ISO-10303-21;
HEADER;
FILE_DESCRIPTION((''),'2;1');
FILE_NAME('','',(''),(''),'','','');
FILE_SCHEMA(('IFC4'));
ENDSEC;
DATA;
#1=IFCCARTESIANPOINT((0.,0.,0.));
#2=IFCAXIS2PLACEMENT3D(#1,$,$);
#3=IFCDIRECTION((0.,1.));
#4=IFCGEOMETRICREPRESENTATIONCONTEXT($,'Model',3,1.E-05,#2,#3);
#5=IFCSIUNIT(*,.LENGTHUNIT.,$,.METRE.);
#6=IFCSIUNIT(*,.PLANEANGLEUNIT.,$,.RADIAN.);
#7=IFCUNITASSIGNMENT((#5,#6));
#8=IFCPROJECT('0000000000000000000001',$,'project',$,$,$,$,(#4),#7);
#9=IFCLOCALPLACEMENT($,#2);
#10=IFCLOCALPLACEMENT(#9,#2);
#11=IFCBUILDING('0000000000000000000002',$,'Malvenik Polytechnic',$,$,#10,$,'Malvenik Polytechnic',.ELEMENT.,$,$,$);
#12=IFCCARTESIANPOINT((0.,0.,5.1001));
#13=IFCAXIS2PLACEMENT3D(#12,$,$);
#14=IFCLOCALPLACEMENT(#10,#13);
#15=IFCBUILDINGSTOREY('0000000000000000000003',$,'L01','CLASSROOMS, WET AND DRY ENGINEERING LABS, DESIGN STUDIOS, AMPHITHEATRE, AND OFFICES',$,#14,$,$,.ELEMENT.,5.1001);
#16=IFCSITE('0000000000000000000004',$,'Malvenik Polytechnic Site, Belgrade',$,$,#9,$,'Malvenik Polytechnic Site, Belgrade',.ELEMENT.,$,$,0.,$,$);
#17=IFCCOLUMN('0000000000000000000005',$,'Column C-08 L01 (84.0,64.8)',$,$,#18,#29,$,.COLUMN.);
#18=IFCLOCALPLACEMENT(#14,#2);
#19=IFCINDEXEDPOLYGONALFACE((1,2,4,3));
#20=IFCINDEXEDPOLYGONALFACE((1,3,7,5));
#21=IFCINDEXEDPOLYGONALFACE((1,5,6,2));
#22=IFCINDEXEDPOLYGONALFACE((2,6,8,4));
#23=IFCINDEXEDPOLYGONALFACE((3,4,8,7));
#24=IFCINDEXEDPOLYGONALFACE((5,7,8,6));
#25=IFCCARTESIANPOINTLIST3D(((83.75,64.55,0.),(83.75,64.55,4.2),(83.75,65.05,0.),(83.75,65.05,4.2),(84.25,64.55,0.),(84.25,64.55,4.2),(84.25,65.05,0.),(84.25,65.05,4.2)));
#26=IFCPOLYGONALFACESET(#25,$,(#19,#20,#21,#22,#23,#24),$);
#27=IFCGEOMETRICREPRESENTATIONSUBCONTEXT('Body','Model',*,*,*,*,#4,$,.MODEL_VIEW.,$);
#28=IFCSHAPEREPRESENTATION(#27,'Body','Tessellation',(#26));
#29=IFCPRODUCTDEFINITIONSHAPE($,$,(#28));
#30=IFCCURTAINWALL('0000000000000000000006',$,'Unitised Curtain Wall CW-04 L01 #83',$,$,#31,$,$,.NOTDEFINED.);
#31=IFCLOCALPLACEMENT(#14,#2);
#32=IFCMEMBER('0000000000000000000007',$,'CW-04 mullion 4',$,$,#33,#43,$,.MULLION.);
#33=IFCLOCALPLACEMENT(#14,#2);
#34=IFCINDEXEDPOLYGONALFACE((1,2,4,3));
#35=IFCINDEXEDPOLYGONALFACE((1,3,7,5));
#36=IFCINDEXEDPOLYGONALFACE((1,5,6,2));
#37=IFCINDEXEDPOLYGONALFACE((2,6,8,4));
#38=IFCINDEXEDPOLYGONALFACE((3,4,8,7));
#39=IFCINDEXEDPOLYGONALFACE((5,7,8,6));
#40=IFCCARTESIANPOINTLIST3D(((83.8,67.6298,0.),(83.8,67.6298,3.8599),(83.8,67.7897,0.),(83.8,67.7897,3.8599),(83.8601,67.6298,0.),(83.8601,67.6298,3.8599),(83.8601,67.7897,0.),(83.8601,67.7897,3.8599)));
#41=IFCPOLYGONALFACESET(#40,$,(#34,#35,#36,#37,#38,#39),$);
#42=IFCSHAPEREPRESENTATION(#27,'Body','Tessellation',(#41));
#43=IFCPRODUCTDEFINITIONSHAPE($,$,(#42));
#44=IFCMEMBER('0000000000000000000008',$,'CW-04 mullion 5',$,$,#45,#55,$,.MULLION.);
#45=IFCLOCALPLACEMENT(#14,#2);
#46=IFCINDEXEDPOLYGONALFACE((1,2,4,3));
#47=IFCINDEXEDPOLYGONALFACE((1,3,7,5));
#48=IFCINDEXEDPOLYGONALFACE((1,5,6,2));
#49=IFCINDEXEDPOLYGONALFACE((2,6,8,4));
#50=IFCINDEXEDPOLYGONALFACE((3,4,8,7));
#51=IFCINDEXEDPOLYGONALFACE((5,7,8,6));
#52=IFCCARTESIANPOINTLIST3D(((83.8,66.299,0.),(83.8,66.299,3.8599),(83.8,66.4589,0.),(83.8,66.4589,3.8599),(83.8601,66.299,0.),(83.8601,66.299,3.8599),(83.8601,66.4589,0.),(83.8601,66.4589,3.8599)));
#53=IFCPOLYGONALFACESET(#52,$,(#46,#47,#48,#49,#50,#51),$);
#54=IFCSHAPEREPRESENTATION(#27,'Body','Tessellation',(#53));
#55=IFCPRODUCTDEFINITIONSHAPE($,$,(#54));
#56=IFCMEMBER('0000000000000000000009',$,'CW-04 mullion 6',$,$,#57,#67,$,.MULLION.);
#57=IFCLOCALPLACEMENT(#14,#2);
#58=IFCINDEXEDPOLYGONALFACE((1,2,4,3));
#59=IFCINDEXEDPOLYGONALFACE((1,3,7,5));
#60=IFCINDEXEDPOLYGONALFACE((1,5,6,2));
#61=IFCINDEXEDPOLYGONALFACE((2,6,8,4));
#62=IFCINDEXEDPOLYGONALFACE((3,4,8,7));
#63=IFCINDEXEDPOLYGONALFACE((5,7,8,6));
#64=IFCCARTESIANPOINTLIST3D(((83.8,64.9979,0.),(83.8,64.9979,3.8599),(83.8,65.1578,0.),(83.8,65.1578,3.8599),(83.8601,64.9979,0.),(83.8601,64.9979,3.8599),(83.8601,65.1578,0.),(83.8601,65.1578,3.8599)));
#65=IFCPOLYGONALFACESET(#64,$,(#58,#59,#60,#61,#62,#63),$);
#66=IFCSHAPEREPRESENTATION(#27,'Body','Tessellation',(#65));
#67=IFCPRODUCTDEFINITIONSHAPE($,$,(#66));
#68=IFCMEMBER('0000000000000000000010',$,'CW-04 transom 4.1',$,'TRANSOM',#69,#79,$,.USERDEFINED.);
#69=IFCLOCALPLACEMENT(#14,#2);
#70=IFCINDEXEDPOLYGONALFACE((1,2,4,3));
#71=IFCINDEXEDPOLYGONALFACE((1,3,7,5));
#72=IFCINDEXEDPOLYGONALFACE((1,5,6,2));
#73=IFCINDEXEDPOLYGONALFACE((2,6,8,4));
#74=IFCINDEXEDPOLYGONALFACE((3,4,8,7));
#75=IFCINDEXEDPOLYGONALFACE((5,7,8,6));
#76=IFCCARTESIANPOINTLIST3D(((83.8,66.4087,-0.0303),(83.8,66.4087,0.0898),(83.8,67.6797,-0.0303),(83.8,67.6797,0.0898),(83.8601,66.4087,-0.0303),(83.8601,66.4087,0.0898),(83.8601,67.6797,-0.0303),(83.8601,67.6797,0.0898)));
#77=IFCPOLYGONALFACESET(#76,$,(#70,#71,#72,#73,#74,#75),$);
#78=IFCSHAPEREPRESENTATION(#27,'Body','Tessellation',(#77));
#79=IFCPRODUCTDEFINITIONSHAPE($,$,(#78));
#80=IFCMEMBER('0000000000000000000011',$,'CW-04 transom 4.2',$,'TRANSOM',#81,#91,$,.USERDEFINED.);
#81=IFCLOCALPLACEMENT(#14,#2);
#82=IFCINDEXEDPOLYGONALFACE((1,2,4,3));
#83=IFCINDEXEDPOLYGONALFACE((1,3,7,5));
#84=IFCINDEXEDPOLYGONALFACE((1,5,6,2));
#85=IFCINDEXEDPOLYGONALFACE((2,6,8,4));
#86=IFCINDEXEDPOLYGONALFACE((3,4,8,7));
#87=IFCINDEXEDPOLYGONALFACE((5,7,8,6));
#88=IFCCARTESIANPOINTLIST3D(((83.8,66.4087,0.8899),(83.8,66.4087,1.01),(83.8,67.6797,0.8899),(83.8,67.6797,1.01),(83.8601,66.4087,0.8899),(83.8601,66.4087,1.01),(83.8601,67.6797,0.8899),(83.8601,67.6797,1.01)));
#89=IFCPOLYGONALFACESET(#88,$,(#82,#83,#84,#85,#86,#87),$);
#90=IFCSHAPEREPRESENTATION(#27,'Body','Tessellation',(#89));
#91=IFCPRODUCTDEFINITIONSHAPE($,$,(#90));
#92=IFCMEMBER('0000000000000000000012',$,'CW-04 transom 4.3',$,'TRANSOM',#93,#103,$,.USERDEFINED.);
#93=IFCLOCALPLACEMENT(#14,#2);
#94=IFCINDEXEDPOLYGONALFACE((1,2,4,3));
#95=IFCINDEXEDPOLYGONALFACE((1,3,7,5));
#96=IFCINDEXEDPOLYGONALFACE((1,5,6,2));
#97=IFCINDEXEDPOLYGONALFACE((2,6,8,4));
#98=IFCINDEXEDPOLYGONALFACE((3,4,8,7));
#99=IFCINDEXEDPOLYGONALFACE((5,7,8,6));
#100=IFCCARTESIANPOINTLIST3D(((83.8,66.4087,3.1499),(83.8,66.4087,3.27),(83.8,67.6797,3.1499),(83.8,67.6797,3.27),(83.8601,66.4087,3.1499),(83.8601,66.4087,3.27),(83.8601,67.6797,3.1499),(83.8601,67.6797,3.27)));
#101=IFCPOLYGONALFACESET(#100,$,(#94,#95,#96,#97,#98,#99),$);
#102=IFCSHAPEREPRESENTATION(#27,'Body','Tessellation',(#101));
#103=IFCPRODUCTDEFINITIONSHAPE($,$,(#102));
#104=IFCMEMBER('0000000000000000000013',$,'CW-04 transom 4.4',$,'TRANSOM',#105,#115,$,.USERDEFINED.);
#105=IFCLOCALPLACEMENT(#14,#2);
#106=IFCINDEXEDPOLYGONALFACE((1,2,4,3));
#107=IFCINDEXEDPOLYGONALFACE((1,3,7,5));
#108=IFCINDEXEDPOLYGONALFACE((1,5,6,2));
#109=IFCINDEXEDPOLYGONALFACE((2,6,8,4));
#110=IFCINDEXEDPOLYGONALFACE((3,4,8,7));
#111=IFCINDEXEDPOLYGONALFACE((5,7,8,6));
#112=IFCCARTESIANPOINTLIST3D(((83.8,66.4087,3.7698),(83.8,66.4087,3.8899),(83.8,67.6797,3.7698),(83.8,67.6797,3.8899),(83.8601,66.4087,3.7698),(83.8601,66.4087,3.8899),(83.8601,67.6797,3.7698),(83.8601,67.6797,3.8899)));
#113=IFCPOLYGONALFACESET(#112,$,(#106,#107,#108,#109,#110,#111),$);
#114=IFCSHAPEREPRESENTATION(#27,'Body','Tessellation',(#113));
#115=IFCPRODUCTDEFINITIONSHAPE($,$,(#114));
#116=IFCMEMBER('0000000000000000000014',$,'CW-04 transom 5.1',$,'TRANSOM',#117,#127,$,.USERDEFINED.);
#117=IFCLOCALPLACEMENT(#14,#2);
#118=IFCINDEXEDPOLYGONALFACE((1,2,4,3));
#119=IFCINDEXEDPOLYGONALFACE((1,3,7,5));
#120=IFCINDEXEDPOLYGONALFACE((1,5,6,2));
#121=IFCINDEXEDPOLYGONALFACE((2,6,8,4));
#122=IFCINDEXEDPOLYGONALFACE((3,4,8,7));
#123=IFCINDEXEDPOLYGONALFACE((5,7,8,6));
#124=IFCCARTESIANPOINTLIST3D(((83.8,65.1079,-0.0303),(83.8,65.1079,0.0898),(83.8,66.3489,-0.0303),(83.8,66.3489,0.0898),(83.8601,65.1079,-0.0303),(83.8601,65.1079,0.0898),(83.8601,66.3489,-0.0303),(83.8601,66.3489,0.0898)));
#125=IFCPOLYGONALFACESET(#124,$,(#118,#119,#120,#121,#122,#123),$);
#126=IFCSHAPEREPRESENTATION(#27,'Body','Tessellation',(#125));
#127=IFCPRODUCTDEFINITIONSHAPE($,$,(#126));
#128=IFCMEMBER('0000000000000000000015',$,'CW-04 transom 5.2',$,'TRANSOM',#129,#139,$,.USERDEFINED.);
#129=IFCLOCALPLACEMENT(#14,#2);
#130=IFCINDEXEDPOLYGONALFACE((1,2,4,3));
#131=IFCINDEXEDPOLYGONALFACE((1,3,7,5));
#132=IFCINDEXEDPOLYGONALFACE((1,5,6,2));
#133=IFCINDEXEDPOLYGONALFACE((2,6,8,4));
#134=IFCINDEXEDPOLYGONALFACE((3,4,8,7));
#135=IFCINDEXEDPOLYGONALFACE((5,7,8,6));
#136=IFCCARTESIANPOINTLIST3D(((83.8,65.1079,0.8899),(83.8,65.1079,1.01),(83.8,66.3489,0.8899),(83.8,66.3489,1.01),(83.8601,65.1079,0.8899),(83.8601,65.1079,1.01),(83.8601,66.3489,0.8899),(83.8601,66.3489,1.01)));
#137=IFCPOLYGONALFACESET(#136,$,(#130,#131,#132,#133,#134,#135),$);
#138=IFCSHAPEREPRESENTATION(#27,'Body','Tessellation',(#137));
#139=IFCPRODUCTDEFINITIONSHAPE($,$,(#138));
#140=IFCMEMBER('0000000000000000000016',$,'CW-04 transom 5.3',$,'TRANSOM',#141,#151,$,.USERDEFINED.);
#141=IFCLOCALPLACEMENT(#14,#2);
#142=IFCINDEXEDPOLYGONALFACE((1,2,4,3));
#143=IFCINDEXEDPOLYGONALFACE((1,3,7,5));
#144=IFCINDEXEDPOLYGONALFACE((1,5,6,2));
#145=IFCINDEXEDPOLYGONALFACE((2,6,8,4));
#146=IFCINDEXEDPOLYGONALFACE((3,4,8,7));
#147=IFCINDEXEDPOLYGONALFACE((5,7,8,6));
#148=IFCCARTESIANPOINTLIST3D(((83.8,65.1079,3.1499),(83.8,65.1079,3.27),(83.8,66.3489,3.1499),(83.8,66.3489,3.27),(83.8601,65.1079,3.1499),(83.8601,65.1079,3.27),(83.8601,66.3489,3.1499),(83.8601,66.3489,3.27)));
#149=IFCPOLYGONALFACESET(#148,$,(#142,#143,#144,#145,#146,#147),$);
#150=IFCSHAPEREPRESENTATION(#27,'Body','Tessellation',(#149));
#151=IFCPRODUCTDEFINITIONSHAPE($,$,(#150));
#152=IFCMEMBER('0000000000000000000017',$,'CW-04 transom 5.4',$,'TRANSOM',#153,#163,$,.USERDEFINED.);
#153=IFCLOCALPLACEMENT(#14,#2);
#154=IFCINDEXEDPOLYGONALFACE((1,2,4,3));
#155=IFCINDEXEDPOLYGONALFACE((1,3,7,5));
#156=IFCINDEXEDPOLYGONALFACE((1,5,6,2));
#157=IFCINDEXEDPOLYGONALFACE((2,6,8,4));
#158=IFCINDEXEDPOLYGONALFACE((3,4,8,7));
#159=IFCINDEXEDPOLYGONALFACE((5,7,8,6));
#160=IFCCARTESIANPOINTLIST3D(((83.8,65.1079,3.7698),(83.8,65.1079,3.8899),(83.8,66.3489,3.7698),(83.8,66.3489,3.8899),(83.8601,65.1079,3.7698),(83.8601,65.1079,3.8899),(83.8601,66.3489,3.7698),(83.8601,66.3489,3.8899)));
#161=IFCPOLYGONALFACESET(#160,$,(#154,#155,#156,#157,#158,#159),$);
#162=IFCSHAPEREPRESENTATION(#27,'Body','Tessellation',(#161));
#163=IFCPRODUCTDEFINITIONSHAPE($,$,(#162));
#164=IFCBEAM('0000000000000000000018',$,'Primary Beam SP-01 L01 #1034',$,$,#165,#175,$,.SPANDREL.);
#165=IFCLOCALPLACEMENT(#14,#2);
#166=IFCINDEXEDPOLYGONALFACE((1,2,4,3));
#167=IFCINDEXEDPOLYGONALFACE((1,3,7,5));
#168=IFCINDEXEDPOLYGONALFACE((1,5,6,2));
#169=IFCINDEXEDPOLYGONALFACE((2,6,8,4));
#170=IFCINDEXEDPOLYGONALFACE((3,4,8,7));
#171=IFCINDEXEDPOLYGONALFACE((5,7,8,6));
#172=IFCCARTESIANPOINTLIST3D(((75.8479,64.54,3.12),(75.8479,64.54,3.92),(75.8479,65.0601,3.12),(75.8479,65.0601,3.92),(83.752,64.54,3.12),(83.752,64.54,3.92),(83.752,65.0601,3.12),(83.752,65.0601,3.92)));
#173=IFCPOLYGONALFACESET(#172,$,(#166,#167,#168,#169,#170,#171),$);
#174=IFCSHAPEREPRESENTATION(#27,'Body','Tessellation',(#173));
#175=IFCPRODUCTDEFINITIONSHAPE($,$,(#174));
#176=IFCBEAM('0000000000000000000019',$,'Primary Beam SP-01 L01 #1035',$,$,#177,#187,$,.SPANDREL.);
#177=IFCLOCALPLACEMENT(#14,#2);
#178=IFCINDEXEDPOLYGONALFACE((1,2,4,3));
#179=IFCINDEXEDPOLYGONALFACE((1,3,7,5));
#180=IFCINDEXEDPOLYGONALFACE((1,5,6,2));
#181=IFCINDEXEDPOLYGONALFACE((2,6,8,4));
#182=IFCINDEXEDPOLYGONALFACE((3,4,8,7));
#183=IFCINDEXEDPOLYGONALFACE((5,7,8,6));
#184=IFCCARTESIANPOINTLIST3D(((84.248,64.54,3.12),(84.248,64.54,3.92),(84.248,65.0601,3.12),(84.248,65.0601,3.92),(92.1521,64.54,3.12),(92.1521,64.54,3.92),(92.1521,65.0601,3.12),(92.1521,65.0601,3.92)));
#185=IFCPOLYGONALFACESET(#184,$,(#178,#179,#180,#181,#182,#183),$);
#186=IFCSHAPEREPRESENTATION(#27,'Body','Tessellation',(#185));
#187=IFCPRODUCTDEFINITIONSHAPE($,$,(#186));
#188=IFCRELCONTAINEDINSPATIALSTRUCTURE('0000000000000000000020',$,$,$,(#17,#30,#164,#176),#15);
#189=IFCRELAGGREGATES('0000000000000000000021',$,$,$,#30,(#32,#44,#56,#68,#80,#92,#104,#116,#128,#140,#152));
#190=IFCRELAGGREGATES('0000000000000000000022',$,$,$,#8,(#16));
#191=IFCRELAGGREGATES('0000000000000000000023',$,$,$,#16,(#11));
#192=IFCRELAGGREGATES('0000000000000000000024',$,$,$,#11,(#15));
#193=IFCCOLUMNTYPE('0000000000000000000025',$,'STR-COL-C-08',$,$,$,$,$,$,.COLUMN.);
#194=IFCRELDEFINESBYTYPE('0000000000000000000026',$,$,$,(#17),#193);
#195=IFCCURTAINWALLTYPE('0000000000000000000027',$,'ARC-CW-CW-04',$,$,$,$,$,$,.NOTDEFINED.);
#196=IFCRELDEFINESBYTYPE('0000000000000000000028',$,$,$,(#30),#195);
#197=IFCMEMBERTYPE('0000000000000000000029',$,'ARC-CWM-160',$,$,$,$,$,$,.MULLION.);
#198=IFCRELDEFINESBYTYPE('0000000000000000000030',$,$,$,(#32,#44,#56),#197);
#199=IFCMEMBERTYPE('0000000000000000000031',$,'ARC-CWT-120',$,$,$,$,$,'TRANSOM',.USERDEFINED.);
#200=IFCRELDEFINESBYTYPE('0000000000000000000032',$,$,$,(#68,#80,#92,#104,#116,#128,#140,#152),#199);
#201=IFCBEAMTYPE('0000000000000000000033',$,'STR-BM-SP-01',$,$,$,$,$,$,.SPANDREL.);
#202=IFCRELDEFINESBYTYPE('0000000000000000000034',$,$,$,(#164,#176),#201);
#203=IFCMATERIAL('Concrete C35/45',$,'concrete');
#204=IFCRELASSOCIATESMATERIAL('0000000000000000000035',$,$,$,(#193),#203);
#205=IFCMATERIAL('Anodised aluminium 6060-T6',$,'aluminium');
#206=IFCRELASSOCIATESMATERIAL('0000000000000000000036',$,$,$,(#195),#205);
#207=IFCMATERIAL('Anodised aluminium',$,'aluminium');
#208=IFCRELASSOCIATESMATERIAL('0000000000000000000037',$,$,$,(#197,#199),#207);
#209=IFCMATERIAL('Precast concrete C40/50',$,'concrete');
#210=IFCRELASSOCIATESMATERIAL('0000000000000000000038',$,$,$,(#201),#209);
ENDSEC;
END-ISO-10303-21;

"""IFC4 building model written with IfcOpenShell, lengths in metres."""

from ifc_helpers import new_model, si_unit, direction, frame, origin, origin_2d, place, context, subcontext, project, spatial, rectangle, extrude, material, material_profile, profile_set, type_object, element, aggregate, save


model = new_model("IFC4")

# Units and contexts
model_context = context("Model", 3, precision=1e-05, world=origin(), true_north=direction((0.0, 1.0)))
body_context = subcontext(model_context, "Body", "Model", "MODEL_VIEW")
ifc_project = project(units=[si_unit("LENGTHUNIT", "METRE"), si_unit("PLANEANGLEUNIT", "RADIAN")], contexts=[model_context])

# Site, building, storey
site_placement = place(None, origin())
site = spatial("IfcSite", under=ifc_project, at=site_placement, Name="Malvenik Polytechnic Site, Belgrade", LongName="Malvenik Polytechnic Site, Belgrade", CompositionType="ELEMENT", RefElevation=0.0)
building_placement = place(site_placement, origin())
building = spatial("IfcBuilding", under=site, at=building_placement, Name="Malvenik Polytechnic", LongName="Malvenik Polytechnic", CompositionType="ELEMENT")
storey_placement = place(building_placement, frame((0.0, 0.0, 5.1001)))
storey = spatial("IfcBuildingStorey", under=building, at=storey_placement, Name="L01", Description="CLASSROOMS, WET AND DRY ENGINEERING LABS, DESIGN STUDIOS, AMPHITHEATRE, AND OFFICES", CompositionType="ELEMENT", Elevation=5.1001)

# Column
ifc_material_1 = material(Name="Concrete C35/45", Category="concrete")
ifc_material_profile_1 = material_profile(ifc_material_1, rectangle(XDim=0.5, YDim=0.5, at=origin_2d()), Name="RC COL 500x500")
ifc_profile_set_1 = profile_set([ifc_material_profile_1], Name="Concrete C35/45")
column_type = type_object("IfcColumnType", Name="STR-COL-C-08", PredefinedType="COLUMN", material=ifc_profile_set_1)
column_placement = place(storey_placement, frame((84.0, 64.8, 0.0), z_axis=(0.0, 0.0, 1.0), x_axis=(1.0, 0.0, 0.0)))
element("IfcColumn", 1, at=column_placement, inside=storey, type_object=column_type, Name="Column C-08 L01 (84.0,64.8)", PredefinedType="COLUMN", context=body_context, shape_type="SweptSolid", body=[
    extrude(rectangle(XDim=0.5, YDim=0.5, at=origin_2d()), origin(), (0.0, 0.0, 1.0), 4.2),
])

# Curtain wall, members
ifc_material_2 = material(Name="Anodised aluminium 6060-T6", Category="aluminium")
curtain_wall_type = type_object("IfcCurtainWallType", Name="ARC-CW-CW-04", PredefinedType="NOTDEFINED", material=ifc_material_2)
curtain_wall_placement = place(storey_placement, origin())
curtain_wall = element("IfcCurtainWall", 2, at=curtain_wall_placement, inside=storey, type_object=curtain_wall_type, Name="Unitised Curtain Wall CW-04 L01 #83", PredefinedType="NOTDEFINED")
ifc_material_3 = material(Name="Anodised aluminium", Category="aluminium")
ifc_material_profile_2 = material_profile(ifc_material_3, rectangle(XDim=0.0601, YDim=0.1599, at=origin_2d()), Name="ALU MULLION 60x160")
ifc_profile_set_2 = profile_set([ifc_material_profile_2], Name="Anodised aluminium")
member_type_1 = type_object("IfcMemberType", Name="ARC-CWM-160", PredefinedType="MULLION", material=ifc_profile_set_2)
member_1_placement = place(storey_placement, frame((83.8301, 67.7097, 0.0), z_axis=(0.0, 0.0, 1.0), x_axis=(1.0, 0.0, 0.0)))
member_1 = element("IfcMember", 3, at=member_1_placement, type_object=member_type_1, Name="CW-04 mullion 4", PredefinedType="MULLION", context=body_context, shape_type="SweptSolid", body=[
    extrude(rectangle(XDim=0.0601, YDim=0.1599, at=origin_2d()), origin(), (0.0, 0.0, 1.0), 3.8599),
])
member_2_placement = place(storey_placement, frame((83.8301, 66.3789, 0.0), z_axis=(0.0, 0.0, 1.0), x_axis=(1.0, 0.0, 0.0)))
member_2 = element("IfcMember", 4, at=member_2_placement, type_object=member_type_1, Name="CW-04 mullion 5", PredefinedType="MULLION", context=body_context, shape_type="SweptSolid", body=[
    extrude(rectangle(XDim=0.0601, YDim=0.1599, at=origin_2d()), origin(), (0.0, 0.0, 1.0), 3.8599),
])
member_3_placement = place(storey_placement, frame((83.8301, 65.0779, 0.0), z_axis=(0.0, 0.0, 1.0), x_axis=(1.0, 0.0, 0.0)))
member_3 = element("IfcMember", 5, at=member_3_placement, type_object=member_type_1, Name="CW-04 mullion 6", PredefinedType="MULLION", context=body_context, shape_type="SweptSolid", body=[
    extrude(rectangle(XDim=0.0601, YDim=0.1599, at=origin_2d()), origin(), (0.0, 0.0, 1.0), 3.8599),
])
ifc_material_profile_3 = material_profile(ifc_material_3, rectangle(XDim=0.0601, YDim=0.1201, at=origin_2d()), Name="ALU TRANSOM 60x120")
ifc_profile_set_3 = profile_set([ifc_material_profile_3], Name="Anodised aluminium")
member_type_2 = type_object("IfcMemberType", Name="ARC-CWT-120", ElementType="TRANSOM", PredefinedType="USERDEFINED", material=ifc_profile_set_3)
member_4_placement = place(storey_placement, frame((83.8301, 67.6797, 0.0298), z_axis=(0.0, -1.0, 0.0), x_axis=(1.0, 0.0, 0.0)))
member_4 = element("IfcMember", 6, at=member_4_placement, type_object=member_type_2, Name="CW-04 transom 4.1", ObjectType="TRANSOM", PredefinedType="USERDEFINED", context=body_context, shape_type="SweptSolid", body=[
    extrude(rectangle(XDim=0.0601, YDim=0.1201, at=origin_2d()), origin(), (0.0, 0.0, 1.0), 1.271),
])
member_5_placement = place(storey_placement, frame((83.8301, 67.6797, 0.95), z_axis=(0.0, -1.0, 0.0), x_axis=(1.0, 0.0, 0.0)))
member_5 = element("IfcMember", 7, at=member_5_placement, type_object=member_type_2, Name="CW-04 transom 4.2", ObjectType="TRANSOM", PredefinedType="USERDEFINED", context=body_context, shape_type="SweptSolid", body=[
    extrude(rectangle(XDim=0.0601, YDim=0.1201, at=origin_2d()), origin(), (0.0, 0.0, 1.0), 1.271),
])
member_6_placement = place(storey_placement, frame((83.8301, 67.6797, 3.21), z_axis=(0.0, -1.0, 0.0), x_axis=(1.0, 0.0, 0.0)))
member_6 = element("IfcMember", 8, at=member_6_placement, type_object=member_type_2, Name="CW-04 transom 4.3", ObjectType="TRANSOM", PredefinedType="USERDEFINED", context=body_context, shape_type="SweptSolid", body=[
    extrude(rectangle(XDim=0.0601, YDim=0.1201, at=origin_2d()), origin(), (0.0, 0.0, 1.0), 1.271),
])
member_7_placement = place(storey_placement, frame((83.8301, 67.6797, 3.8298), z_axis=(0.0, -1.0, 0.0), x_axis=(1.0, 0.0, 0.0)))
member_7 = element("IfcMember", 9, at=member_7_placement, type_object=member_type_2, Name="CW-04 transom 4.4", ObjectType="TRANSOM", PredefinedType="USERDEFINED", context=body_context, shape_type="SweptSolid", body=[
    extrude(rectangle(XDim=0.0601, YDim=0.1201, at=origin_2d()), origin(), (0.0, 0.0, 1.0), 1.271),
])
member_8_placement = place(storey_placement, frame((83.8301, 66.3489, 0.0298), z_axis=(0.0, -1.0, 0.0), x_axis=(1.0, 0.0, 0.0)))
member_8 = element("IfcMember", 10, at=member_8_placement, type_object=member_type_2, Name="CW-04 transom 5.1", ObjectType="TRANSOM", PredefinedType="USERDEFINED", context=body_context, shape_type="SweptSolid", body=[
    extrude(rectangle(XDim=0.0601, YDim=0.1201, at=origin_2d()), origin(), (0.0, 0.0, 1.0), 1.241),
])
member_9_placement = place(storey_placement, frame((83.8301, 66.3489, 0.95), z_axis=(0.0, -1.0, 0.0), x_axis=(1.0, 0.0, 0.0)))
member_9 = element("IfcMember", 11, at=member_9_placement, type_object=member_type_2, Name="CW-04 transom 5.2", ObjectType="TRANSOM", PredefinedType="USERDEFINED", context=body_context, shape_type="SweptSolid", body=[
    extrude(rectangle(XDim=0.0601, YDim=0.1201, at=origin_2d()), origin(), (0.0, 0.0, 1.0), 1.241),
])
member_10_placement = place(storey_placement, frame((83.8301, 66.3489, 3.21), z_axis=(0.0, -1.0, 0.0), x_axis=(1.0, 0.0, 0.0)))
member_10 = element("IfcMember", 12, at=member_10_placement, type_object=member_type_2, Name="CW-04 transom 5.3", ObjectType="TRANSOM", PredefinedType="USERDEFINED", context=body_context, shape_type="SweptSolid", body=[
    extrude(rectangle(XDim=0.0601, YDim=0.1201, at=origin_2d()), origin(), (0.0, 0.0, 1.0), 1.241),
])
member_11_placement = place(storey_placement, frame((83.8301, 66.3489, 3.8298), z_axis=(0.0, -1.0, 0.0), x_axis=(1.0, 0.0, 0.0)))
member_11 = element("IfcMember", 13, at=member_11_placement, type_object=member_type_2, Name="CW-04 transom 5.4", ObjectType="TRANSOM", PredefinedType="USERDEFINED", context=body_context, shape_type="SweptSolid", body=[
    extrude(rectangle(XDim=0.0601, YDim=0.1201, at=origin_2d()), origin(), (0.0, 0.0, 1.0), 1.241),
])

# Beams
ifc_material_4 = material(Name="Precast concrete C40/50", Category="concrete")
ifc_material_profile_4 = material_profile(ifc_material_4, rectangle(XDim=0.52, YDim=0.8, at=origin_2d()), Name="PC SPN 520x800")
ifc_profile_set_4 = profile_set([ifc_material_profile_4], Name="Precast concrete C40/50")
beam_type = type_object("IfcBeamType", Name="STR-BM-SP-01", PredefinedType="SPANDREL", material=ifc_profile_set_4)
for number, where, z_axis, x_axis, name in (
    (14, (75.8479, 64.8, 3.52), (1.0, 0.0, 0.0), (0.0, 1.0, 0.0), "Primary Beam SP-01 L01 #1034"),
    (15, (84.248, 64.8, 3.52), (1.0, 0.0, 0.0), (0.0, 1.0, 0.0), "Primary Beam SP-01 L01 #1035"),
):
    element("IfcBeam", number, at=place(storey_placement, frame(where, z_axis=z_axis, x_axis=x_axis)), inside=storey, type_object=beam_type, Name=name, PredefinedType="SPANDREL", context=body_context, shape_type="SweptSolid", body=[
        extrude(rectangle(XDim=0.52, YDim=0.8, at=origin_2d()), origin(), (0.0, 0.0, 1.0), 7.9041),
    ])

aggregate(curtain_wall, [member_1, member_2, member_3, member_4, member_5, member_6, member_7, member_8, member_9, member_10, member_11])

save(model, "model.ifc")
